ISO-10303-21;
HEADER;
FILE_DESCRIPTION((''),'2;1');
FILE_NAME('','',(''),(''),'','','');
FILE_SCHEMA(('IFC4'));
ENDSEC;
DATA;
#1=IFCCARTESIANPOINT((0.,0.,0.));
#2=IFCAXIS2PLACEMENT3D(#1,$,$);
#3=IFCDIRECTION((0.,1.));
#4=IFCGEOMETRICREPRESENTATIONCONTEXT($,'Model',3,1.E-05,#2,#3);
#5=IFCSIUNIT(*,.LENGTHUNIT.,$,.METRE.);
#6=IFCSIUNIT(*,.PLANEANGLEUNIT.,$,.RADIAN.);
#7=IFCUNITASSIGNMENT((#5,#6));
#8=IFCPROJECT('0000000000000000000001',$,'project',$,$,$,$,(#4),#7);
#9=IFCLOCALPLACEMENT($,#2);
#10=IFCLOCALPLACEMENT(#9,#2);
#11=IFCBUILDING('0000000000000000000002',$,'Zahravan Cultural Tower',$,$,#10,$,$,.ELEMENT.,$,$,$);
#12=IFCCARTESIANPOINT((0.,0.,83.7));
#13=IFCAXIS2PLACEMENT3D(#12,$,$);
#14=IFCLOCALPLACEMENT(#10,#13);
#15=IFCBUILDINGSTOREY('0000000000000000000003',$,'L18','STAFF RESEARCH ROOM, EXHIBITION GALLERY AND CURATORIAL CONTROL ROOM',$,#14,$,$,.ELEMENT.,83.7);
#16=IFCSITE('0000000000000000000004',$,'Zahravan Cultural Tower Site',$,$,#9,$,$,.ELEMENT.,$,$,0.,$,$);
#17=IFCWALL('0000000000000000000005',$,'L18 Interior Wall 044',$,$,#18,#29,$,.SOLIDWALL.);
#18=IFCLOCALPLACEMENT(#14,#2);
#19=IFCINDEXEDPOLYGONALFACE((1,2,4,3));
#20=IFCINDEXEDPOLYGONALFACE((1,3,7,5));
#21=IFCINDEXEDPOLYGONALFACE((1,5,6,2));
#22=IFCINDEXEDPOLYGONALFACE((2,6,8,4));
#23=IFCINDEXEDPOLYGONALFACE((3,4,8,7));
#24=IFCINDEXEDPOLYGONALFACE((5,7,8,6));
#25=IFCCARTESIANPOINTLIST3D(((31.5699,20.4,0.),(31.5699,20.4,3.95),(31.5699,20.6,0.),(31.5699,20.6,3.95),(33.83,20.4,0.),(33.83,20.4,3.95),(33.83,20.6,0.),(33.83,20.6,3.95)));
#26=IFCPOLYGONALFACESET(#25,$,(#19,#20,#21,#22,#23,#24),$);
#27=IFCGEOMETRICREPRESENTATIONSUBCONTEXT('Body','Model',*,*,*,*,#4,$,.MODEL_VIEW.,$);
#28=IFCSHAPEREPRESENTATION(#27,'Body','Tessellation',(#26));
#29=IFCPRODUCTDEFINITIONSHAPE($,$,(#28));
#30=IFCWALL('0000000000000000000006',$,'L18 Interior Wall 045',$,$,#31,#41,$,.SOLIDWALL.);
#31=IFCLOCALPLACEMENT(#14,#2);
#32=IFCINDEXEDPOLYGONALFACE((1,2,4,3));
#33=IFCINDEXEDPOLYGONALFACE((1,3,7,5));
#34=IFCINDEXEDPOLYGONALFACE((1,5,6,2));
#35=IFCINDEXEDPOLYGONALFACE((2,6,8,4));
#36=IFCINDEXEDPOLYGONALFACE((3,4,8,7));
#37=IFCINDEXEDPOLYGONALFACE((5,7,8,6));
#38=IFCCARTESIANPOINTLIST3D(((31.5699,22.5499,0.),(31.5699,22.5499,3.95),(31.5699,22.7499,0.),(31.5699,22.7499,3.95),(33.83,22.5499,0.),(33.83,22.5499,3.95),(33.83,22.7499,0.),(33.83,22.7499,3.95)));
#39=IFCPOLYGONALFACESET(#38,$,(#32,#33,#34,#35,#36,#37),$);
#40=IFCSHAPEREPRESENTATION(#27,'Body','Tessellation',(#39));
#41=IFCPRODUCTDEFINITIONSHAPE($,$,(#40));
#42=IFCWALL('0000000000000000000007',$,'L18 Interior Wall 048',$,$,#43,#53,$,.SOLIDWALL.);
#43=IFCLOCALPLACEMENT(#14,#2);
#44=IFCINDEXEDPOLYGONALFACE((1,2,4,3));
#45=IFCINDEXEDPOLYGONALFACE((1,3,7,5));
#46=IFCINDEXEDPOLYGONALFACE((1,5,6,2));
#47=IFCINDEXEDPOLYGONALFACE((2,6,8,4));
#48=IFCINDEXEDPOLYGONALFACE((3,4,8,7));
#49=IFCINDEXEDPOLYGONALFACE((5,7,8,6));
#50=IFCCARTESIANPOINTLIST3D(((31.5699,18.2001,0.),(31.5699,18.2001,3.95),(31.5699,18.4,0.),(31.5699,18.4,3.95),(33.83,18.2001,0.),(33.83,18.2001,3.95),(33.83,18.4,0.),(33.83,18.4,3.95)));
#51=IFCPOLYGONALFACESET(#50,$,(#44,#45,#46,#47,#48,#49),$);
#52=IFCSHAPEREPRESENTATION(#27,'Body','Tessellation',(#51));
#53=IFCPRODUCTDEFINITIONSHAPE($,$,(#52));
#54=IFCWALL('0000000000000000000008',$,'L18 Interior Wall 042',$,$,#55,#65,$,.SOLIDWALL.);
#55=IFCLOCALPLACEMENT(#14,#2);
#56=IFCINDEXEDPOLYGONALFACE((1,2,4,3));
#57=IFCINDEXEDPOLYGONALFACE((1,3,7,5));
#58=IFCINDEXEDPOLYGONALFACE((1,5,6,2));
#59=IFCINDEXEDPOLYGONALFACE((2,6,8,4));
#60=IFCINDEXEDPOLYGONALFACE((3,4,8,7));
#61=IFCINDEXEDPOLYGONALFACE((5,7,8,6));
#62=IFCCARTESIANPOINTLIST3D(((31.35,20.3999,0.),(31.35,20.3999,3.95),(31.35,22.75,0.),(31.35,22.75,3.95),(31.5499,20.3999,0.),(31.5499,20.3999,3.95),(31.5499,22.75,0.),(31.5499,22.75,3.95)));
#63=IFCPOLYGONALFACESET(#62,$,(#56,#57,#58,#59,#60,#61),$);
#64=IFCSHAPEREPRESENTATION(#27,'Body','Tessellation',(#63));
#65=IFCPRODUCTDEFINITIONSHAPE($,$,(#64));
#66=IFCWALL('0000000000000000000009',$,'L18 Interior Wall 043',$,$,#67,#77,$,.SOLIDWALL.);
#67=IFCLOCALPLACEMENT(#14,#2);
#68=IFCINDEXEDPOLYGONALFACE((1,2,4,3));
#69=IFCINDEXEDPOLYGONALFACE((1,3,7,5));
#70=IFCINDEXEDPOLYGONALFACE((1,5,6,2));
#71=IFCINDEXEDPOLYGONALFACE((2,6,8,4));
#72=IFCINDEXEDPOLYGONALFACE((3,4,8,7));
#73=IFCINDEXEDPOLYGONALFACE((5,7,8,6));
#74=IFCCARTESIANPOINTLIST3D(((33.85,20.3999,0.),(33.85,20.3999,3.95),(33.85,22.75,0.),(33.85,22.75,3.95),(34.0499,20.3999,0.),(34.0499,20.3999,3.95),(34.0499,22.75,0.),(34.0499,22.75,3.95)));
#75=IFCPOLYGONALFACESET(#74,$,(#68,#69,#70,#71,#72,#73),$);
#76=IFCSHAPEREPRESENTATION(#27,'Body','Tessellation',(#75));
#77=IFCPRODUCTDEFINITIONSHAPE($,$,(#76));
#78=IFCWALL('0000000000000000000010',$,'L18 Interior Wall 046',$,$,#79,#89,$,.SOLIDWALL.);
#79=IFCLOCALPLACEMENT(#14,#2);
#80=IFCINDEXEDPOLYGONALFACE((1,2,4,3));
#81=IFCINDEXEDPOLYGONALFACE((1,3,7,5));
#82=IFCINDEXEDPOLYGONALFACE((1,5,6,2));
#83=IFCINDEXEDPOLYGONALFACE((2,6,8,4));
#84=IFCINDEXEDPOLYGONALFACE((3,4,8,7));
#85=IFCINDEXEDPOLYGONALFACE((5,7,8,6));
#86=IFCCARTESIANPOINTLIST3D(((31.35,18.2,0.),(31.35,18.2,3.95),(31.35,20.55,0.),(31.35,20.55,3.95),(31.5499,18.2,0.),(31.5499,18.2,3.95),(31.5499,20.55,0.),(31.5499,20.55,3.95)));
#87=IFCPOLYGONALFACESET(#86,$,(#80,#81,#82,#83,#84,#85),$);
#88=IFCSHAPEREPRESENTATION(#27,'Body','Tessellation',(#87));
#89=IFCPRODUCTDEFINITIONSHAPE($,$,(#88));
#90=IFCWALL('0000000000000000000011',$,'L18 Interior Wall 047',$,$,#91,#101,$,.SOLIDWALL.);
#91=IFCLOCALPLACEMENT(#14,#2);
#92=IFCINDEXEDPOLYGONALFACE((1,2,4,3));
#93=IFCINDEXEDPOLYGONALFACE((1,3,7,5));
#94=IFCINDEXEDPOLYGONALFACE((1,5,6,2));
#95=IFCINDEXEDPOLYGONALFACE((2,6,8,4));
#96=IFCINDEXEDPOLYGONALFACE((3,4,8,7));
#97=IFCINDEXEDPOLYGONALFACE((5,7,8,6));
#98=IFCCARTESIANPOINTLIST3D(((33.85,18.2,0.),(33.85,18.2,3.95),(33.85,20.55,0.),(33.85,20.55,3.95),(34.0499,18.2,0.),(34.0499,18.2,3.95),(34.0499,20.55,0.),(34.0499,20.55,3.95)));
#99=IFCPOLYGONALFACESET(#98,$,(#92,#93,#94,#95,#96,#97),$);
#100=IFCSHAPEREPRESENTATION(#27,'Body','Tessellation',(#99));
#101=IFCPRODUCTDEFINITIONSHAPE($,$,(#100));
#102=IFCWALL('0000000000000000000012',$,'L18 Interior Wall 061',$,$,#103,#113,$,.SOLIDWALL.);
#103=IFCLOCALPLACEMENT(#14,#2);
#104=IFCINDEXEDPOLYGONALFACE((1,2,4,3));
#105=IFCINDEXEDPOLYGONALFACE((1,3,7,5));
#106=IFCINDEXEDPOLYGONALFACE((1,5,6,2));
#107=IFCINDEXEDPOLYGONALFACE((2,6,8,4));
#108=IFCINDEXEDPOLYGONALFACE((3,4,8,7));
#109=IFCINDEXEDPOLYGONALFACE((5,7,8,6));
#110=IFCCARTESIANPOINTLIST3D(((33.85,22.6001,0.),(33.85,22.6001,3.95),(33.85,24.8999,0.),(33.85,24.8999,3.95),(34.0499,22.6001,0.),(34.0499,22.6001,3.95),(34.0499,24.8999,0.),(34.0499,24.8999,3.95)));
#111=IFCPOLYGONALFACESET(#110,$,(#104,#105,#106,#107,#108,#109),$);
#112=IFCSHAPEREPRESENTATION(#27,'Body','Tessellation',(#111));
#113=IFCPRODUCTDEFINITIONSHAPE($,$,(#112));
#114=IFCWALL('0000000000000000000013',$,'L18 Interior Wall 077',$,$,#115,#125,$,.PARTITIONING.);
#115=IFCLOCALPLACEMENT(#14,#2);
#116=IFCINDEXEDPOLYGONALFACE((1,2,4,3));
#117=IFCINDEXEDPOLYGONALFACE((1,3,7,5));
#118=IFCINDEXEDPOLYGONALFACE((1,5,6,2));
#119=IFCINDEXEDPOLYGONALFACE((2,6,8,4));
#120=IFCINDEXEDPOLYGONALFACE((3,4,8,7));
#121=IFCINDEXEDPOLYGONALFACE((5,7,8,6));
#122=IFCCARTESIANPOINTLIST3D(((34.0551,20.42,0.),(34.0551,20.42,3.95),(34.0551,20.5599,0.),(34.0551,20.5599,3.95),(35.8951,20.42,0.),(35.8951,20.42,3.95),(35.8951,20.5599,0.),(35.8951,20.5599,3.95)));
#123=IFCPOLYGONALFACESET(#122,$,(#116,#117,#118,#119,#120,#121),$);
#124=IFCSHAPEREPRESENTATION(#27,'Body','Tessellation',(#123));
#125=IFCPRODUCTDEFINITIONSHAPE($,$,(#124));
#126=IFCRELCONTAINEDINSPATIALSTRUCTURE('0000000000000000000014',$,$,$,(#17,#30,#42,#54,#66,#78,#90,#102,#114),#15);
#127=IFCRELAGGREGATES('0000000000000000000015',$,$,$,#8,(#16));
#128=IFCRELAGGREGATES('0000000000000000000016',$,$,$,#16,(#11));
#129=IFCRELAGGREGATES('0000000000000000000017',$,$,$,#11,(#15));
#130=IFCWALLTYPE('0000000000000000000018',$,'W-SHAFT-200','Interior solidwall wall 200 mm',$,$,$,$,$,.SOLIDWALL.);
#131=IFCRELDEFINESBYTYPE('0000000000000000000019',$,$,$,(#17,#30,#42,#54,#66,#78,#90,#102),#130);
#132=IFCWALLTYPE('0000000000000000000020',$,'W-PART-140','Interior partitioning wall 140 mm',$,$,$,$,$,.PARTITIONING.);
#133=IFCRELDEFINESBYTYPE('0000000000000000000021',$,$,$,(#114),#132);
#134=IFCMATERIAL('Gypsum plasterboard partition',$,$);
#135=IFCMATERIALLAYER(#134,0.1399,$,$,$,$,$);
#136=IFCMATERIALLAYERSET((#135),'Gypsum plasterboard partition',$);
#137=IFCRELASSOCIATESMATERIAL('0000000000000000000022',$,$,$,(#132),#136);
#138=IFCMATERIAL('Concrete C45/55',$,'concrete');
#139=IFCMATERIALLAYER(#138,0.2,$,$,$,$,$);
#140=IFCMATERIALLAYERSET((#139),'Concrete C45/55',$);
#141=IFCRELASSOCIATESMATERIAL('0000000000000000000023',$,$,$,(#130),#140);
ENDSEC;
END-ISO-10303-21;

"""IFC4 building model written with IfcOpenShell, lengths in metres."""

from ifc_helpers import new_model, si_unit, direction, frame, frame_2d, origin, place, context, subcontext, project, spatial, rectangle, extrude, source, transform, mapped, material, layer, layer_set, type_object, element, save


model = new_model("IFC4")

# Units and contexts
model_context = context("Model", 3, precision=1e-05, world=origin(), true_north=direction((0.0, 1.0)))
body_context = subcontext(model_context, "Body", "Model", "MODEL_VIEW")
ifc_project = project(units=[si_unit("LENGTHUNIT", "METRE"), si_unit("PLANEANGLEUNIT", "RADIAN")], contexts=[model_context])

# Site, building, storey
site_placement = place(None, origin())
site = spatial("IfcSite", under=ifc_project, at=site_placement, Name="Zahravan Cultural Tower Site", CompositionType="ELEMENT", RefElevation=0.0)
building_placement = place(site_placement, origin())
building = spatial("IfcBuilding", under=site, at=building_placement, Name="Zahravan Cultural Tower", CompositionType="ELEMENT")
storey_placement = place(building_placement, frame((0.0, 0.0, 83.7)))
storey = spatial("IfcBuildingStorey", under=building, at=storey_placement, Name="L18", Description="STAFF RESEARCH ROOM, EXHIBITION GALLERY AND CURATORIAL CONTROL ROOM", CompositionType="ELEMENT", Elevation=83.7)

# Shared definitions
ifc_material_1 = material(Name="Gypsum plasterboard partition")
ifc_layer_1 = layer(ifc_material_1, 0.1399)
ifc_layer_set_1 = layer_set([ifc_layer_1], Name="Gypsum plasterboard partition")
wall_type_1 = type_object("IfcWallType", Name="W-PART-140", Description="Interior partitioning wall 140 mm", PredefinedType="PARTITIONING", material=ifc_layer_set_1)
ifc_material_2 = material(Name="Concrete C45/55", Category="concrete")
ifc_layer_2 = layer(ifc_material_2, 0.2)
ifc_layer_set_2 = layer_set([ifc_layer_2], Name="Concrete C45/55")
wall_type_2 = type_object("IfcWallType", Name="W-SHAFT-200", Description="Interior solidwall wall 200 mm", PredefinedType="SOLIDWALL", material=ifc_layer_set_2)

# Walls
shared_shape_1 = source(origin(), body_context, "Body", "SweptSolid", [
    extrude(rectangle(XDim=2.26, YDim=0.2, at=frame_2d((1.1299, 0.0))), origin(), (0.0, 0.0, 1.0), 3.95),
])
for number, where, z_axis, x_axis, name in (
    (1, (31.5701, 20.5, 0.0), (0.0, 0.0, 1.0), (1.0, 0.0, 0.0), "L18 Interior Wall 044"),
    (2, (31.5701, 22.6499, 0.0), (0.0, 0.0, 1.0), (1.0, 0.0, 0.0), "L18 Interior Wall 045"),
    (3, (31.5701, 18.3, 0.0), (0.0, 0.0, 1.0), (1.0, 0.0, 0.0), "L18 Interior Wall 048"),
):
    element("IfcWall", number, at=place(storey_placement, frame(where, z_axis=z_axis, x_axis=x_axis)), inside=storey, type_object=wall_type_2, Name=name, PredefinedType="SOLIDWALL", context=body_context, shape_type="MappedRepresentation", body=[
        mapped(shared_shape_1, transform((0.0, 0.0, 0.0), x_axis=(1.0, 0.0, 0.0), y_axis=(0.0, 1.0, 0.0), z_axis=(0.0, 0.0, 1.0), scale=1.0)),
    ])
shared_shape_2 = source(origin(), body_context, "Body", "SweptSolid", [
    extrude(rectangle(XDim=2.3501, YDim=0.2, at=frame_2d((1.175, 0.0))), origin(), (0.0, 0.0, 1.0), 3.95),
])
for number, where, z_axis, x_axis, name in (
    (4, (31.45, 20.3999, 0.0), (0.0, 0.0, 1.0), (0.0, 1.0, 0.0), "L18 Interior Wall 042"),
    (5, (33.95, 20.3999, 0.0), (0.0, 0.0, 1.0), (0.0, 1.0, 0.0), "L18 Interior Wall 043"),
    (6, (31.45, 18.2, 0.0), (0.0, 0.0, 1.0), (0.0, 1.0, 0.0), "L18 Interior Wall 046"),
    (7, (33.95, 18.2, 0.0), (0.0, 0.0, 1.0), (0.0, 1.0, 0.0), "L18 Interior Wall 047"),
):
    element("IfcWall", number, at=place(storey_placement, frame(where, z_axis=z_axis, x_axis=x_axis)), inside=storey, type_object=wall_type_2, Name=name, PredefinedType="SOLIDWALL", context=body_context, shape_type="MappedRepresentation", body=[
        mapped(shared_shape_2, transform((0.0, 0.0, 0.0), x_axis=(1.0, 0.0, 0.0), y_axis=(0.0, 1.0, 0.0), z_axis=(0.0, 0.0, 1.0), scale=1.0)),
    ])
shared_shape_3 = source(origin(), body_context, "Body", "SweptSolid", [
    extrude(rectangle(XDim=2.2998, YDim=0.2, at=frame_2d((1.1499, 0.0))), origin(), (0.0, 0.0, 1.0), 3.95),
])
wall_1_placement = place(storey_placement, frame((33.95, 22.6001, 0.0), z_axis=(0.0, 0.0, 1.0), x_axis=(0.0, 1.0, 0.0)))
element("IfcWall", 8, at=wall_1_placement, inside=storey, type_object=wall_type_2, Name="L18 Interior Wall 061", PredefinedType="SOLIDWALL", context=body_context, shape_type="MappedRepresentation", body=[
    mapped(shared_shape_3, transform((0.0, 0.0, 0.0), x_axis=(1.0, 0.0, 0.0), y_axis=(0.0, 1.0, 0.0), z_axis=(0.0, 0.0, 1.0), scale=1.0)),
])
shared_shape_4 = source(origin(), body_context, "Body", "SweptSolid", [
    extrude(rectangle(XDim=1.8401, YDim=0.1399, at=frame_2d((0.9199, 0.0))), origin(), (0.0, 0.0, 1.0), 3.95),
])
wall_2_placement = place(storey_placement, frame((35.895, 20.49, 0.0), z_axis=(0.0, 0.0, 1.0), x_axis=(-1.0, 0.0, 0.0)))
element("IfcWall", 9, at=wall_2_placement, inside=storey, type_object=wall_type_1, Name="L18 Interior Wall 077", PredefinedType="PARTITIONING", context=body_context, shape_type="MappedRepresentation", body=[
    mapped(shared_shape_4, transform((0.0, 0.0, 0.0), x_axis=(1.0, 0.0, 0.0), y_axis=(0.0, 1.0, 0.0), z_axis=(0.0, 0.0, 1.0), scale=1.0)),
])

save(model, "model.ifc")
